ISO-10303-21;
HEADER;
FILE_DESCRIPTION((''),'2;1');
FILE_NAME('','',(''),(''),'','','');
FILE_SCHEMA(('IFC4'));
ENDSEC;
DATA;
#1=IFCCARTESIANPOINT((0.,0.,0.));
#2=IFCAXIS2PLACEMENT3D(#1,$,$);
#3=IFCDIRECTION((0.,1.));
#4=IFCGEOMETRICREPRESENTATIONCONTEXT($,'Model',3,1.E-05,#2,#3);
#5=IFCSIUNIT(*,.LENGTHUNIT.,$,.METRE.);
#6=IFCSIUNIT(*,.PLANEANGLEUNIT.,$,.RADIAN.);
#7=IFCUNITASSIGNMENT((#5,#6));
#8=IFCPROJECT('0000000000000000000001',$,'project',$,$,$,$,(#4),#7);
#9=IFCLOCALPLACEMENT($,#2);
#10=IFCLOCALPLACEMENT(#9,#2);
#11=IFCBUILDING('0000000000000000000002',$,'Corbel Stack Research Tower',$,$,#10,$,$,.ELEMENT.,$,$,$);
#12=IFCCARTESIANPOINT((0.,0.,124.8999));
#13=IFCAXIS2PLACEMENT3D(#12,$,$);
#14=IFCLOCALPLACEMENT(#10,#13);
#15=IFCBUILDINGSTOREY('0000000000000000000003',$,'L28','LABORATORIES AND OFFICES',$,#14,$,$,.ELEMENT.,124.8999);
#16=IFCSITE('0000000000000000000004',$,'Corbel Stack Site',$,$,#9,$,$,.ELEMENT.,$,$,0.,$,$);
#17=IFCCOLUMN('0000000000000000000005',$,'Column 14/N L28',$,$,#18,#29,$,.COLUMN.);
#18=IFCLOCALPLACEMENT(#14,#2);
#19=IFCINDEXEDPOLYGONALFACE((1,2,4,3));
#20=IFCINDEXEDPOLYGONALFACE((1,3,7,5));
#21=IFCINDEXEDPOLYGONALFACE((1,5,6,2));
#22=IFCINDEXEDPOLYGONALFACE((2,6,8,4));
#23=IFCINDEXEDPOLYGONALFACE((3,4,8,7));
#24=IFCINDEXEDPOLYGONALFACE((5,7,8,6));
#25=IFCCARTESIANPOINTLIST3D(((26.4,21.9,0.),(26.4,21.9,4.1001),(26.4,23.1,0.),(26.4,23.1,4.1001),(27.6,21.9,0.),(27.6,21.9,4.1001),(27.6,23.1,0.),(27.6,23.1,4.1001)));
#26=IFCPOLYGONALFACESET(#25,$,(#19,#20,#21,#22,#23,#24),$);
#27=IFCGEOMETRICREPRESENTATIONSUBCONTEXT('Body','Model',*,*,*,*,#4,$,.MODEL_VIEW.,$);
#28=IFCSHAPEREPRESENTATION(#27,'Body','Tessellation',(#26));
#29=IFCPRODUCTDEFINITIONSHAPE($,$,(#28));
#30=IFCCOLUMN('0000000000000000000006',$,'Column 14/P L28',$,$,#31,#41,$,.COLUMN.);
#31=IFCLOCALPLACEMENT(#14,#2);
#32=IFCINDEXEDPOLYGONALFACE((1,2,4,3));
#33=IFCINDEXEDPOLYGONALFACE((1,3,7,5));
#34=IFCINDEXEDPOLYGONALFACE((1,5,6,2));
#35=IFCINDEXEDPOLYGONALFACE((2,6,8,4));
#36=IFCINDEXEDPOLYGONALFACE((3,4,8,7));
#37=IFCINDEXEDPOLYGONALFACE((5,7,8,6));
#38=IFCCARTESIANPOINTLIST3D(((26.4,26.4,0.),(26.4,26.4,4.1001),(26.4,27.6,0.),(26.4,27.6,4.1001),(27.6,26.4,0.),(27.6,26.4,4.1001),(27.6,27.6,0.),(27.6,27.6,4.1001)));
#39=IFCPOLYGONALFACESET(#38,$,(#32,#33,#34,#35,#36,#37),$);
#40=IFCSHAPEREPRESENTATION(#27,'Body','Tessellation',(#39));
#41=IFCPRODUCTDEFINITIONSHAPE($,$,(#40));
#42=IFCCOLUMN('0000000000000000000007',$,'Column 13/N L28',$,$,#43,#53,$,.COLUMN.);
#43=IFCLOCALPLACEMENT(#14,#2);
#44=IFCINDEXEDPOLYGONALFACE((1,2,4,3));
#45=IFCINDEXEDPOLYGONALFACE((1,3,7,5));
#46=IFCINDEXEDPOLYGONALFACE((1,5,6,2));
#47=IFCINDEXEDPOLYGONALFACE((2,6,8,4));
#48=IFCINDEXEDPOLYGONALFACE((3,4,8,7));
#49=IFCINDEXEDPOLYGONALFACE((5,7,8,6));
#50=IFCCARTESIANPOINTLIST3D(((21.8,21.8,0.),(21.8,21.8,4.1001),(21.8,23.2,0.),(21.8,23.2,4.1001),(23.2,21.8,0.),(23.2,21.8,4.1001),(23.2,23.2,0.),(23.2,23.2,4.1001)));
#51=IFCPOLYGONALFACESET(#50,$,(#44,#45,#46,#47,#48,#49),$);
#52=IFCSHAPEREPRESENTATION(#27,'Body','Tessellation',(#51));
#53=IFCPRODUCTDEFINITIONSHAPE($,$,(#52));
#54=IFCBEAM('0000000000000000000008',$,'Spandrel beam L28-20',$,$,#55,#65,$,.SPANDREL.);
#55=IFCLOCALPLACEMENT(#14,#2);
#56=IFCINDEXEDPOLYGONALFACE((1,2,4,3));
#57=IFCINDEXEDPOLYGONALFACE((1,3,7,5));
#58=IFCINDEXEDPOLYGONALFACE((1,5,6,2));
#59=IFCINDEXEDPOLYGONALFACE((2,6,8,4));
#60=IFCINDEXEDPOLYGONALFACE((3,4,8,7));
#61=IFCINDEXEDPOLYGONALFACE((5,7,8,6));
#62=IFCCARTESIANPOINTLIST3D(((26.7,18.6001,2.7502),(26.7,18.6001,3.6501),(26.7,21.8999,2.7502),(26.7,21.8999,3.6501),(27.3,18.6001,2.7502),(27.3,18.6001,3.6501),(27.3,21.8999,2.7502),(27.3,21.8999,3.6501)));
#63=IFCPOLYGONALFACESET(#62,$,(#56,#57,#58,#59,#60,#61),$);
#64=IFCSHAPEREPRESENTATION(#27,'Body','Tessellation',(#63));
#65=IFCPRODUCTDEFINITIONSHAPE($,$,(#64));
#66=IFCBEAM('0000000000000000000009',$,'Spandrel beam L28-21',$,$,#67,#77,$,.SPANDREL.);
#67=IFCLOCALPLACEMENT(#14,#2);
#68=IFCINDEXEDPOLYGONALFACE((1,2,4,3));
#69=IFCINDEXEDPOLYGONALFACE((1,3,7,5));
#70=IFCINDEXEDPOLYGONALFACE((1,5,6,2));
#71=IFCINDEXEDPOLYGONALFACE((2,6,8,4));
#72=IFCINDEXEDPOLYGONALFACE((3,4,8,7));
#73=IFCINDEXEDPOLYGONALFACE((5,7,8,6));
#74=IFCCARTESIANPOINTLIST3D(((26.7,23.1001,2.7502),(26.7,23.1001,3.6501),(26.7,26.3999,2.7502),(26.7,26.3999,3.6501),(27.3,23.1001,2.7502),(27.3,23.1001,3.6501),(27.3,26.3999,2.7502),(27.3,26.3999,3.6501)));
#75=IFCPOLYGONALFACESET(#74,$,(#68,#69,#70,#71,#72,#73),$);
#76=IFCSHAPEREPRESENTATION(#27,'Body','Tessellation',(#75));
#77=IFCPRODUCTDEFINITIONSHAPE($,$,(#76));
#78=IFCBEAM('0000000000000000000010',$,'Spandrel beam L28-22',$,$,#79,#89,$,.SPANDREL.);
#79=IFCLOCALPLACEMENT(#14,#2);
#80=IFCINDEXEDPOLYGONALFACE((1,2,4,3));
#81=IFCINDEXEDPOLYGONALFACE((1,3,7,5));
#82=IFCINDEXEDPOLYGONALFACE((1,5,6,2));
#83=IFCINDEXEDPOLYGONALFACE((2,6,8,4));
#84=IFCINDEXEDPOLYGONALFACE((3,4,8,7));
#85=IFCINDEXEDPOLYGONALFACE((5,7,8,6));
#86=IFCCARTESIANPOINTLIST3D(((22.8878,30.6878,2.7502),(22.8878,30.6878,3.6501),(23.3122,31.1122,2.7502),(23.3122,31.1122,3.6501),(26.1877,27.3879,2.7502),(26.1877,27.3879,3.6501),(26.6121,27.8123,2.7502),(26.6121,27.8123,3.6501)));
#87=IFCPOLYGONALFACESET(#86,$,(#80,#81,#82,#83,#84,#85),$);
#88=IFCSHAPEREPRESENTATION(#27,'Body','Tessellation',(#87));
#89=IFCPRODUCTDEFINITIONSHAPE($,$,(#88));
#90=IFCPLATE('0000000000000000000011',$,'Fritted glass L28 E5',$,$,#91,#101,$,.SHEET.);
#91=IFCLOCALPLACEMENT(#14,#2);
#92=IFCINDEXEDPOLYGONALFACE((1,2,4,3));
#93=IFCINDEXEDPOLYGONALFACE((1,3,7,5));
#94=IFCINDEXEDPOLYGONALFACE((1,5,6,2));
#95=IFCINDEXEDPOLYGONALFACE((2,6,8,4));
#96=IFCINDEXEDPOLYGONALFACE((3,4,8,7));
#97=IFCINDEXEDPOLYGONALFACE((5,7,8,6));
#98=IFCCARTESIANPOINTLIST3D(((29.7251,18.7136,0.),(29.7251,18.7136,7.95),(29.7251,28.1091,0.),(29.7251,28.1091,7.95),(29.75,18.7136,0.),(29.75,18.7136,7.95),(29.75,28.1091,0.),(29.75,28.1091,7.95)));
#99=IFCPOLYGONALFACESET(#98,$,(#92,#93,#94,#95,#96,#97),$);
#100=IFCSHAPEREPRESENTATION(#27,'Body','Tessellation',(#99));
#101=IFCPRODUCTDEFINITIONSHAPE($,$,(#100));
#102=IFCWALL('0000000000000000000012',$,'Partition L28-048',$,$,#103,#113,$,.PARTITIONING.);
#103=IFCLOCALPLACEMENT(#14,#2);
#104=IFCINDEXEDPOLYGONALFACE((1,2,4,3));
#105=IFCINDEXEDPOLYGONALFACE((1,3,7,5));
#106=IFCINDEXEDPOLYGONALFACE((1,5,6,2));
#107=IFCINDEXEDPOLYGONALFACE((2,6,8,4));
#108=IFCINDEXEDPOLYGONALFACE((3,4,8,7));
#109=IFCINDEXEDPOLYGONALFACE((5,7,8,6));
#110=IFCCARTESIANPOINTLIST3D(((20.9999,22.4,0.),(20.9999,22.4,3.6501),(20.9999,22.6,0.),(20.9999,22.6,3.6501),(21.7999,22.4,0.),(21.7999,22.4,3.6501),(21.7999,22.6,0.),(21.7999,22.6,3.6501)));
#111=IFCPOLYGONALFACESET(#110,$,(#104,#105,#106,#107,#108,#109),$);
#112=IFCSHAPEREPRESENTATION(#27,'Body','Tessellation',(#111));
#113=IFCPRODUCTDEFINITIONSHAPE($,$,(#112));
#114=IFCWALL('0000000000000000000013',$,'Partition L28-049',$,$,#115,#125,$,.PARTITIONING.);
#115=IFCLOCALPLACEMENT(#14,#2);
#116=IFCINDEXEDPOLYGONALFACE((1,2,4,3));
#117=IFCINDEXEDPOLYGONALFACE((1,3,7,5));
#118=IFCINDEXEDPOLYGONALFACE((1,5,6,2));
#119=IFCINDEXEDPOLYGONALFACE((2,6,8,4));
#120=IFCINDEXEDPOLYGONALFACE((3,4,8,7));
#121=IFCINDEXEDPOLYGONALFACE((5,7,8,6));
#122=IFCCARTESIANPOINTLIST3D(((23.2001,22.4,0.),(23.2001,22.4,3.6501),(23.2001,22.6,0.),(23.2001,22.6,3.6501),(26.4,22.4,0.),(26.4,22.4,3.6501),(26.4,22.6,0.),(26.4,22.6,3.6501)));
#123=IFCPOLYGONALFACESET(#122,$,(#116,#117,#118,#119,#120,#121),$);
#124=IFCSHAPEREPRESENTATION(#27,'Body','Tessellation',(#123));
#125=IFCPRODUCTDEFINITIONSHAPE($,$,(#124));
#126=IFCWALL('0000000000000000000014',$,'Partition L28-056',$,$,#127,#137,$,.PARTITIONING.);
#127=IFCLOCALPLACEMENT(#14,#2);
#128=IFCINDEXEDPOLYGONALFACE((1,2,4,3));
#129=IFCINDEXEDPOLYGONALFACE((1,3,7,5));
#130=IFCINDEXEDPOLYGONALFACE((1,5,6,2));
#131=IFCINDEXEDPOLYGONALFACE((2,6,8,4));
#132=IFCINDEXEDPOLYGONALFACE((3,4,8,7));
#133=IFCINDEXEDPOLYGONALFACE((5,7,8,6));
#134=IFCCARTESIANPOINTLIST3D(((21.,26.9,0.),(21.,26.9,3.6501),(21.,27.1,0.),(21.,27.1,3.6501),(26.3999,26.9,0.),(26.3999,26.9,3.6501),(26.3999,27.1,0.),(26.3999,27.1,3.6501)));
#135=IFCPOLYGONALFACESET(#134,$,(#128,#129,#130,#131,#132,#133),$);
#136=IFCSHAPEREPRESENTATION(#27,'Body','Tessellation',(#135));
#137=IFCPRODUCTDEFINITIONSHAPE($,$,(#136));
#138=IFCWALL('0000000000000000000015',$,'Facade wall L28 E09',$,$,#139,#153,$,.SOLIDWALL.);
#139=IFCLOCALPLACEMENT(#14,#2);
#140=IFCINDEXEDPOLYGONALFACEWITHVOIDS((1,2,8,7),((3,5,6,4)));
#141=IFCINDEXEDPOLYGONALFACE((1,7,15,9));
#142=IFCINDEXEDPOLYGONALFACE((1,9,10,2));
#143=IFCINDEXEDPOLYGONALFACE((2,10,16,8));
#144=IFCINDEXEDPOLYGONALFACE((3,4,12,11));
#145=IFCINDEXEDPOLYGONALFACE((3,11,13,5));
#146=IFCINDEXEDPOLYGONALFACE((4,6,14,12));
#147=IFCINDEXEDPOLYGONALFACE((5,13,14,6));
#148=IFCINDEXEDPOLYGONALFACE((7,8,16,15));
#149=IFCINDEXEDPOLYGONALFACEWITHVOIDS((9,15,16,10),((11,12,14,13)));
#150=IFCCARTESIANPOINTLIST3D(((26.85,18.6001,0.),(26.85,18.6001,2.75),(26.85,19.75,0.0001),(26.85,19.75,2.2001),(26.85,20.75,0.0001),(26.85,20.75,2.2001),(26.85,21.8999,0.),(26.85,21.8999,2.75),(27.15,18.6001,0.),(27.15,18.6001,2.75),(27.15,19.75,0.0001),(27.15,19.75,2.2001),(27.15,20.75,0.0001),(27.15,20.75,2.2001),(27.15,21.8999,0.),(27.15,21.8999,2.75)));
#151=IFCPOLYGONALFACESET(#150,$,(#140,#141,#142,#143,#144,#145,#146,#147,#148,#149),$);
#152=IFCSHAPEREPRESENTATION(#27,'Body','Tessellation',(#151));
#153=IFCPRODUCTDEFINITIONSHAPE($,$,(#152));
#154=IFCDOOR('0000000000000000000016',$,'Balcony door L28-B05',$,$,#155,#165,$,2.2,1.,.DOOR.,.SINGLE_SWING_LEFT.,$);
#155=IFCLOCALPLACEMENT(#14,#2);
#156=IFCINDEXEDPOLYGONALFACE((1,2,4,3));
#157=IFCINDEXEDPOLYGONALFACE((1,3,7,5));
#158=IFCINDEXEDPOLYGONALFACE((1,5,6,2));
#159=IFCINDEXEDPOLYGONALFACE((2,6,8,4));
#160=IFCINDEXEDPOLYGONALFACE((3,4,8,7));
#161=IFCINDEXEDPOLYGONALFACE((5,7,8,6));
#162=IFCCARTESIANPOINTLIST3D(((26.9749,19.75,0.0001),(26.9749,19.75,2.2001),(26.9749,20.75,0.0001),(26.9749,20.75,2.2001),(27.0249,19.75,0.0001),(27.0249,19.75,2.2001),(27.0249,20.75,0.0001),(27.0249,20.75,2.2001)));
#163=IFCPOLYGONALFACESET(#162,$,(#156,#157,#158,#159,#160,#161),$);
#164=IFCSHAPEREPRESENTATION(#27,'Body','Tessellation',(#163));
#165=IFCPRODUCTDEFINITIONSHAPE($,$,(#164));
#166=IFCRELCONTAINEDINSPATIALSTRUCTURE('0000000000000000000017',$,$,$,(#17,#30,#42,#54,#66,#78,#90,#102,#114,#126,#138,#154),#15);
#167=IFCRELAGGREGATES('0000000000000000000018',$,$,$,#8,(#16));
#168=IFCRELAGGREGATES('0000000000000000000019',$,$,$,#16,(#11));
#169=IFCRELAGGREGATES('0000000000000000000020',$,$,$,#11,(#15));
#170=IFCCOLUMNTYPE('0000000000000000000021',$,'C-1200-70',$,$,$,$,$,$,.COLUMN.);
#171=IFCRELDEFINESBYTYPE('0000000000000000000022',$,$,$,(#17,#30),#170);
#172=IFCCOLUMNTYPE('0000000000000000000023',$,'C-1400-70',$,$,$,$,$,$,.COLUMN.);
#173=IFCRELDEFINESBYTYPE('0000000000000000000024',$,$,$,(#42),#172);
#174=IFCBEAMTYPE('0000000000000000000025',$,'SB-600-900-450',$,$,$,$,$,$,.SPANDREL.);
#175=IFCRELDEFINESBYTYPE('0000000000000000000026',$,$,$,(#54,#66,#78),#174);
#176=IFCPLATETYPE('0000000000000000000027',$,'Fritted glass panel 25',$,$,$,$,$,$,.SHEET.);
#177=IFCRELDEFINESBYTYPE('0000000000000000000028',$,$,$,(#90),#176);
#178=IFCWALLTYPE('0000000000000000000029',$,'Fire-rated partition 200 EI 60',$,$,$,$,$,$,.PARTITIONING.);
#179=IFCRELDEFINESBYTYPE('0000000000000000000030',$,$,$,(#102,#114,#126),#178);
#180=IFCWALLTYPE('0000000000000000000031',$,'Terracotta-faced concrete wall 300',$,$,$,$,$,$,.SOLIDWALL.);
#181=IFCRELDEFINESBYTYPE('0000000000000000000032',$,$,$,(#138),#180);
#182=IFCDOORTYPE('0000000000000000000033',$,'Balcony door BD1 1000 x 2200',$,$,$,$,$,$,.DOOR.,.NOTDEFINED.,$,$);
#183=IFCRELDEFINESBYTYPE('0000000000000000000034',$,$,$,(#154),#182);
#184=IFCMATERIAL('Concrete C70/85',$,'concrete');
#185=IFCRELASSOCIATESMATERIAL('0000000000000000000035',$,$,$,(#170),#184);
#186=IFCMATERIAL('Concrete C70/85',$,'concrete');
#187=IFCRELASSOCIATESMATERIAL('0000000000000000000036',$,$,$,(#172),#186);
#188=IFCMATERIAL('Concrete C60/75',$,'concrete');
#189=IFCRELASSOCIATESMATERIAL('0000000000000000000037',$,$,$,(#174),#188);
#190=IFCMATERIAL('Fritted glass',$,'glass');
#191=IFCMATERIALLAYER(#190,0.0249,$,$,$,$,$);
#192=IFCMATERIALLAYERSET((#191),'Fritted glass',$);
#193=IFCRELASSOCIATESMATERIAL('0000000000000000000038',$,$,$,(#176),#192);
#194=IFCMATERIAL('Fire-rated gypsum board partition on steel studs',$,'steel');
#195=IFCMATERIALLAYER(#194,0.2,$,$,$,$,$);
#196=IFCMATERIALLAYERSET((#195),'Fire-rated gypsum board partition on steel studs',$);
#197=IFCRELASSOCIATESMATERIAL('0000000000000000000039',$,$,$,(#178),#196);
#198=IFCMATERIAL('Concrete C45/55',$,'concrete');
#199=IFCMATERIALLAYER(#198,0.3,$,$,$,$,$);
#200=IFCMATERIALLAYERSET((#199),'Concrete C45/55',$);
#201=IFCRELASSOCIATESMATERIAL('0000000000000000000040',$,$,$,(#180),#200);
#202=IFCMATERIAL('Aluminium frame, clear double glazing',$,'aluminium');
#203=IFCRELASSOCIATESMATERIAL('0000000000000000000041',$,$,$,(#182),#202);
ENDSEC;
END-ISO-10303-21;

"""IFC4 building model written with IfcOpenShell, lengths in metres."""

from ifc_helpers import new_model, si_unit, direction, frame, frame_2d, origin, origin_2d, place, context, subcontext, project, spatial, rectangle, extrude, material, layer, layer_set, material_profile, profile_set, type_object, element, fill, save


model = new_model("IFC4")

# Units and contexts
model_context = context("Model", 3, precision=1e-05, world=origin(), true_north=direction((0.0, 1.0)))
body_context = subcontext(model_context, "Body", "Model", "MODEL_VIEW")
ifc_project = project(units=[si_unit("LENGTHUNIT", "METRE"), si_unit("PLANEANGLEUNIT", "RADIAN")], contexts=[model_context])

# Site, building, storey
site_placement = place(None, origin())
site = spatial("IfcSite", under=ifc_project, at=site_placement, Name="Corbel Stack Site", CompositionType="ELEMENT", RefElevation=0.0)
building_placement = place(site_placement, origin())
building = spatial("IfcBuilding", under=site, at=building_placement, Name="Corbel Stack Research Tower", CompositionType="ELEMENT")
storey_placement = place(building_placement, frame((0.0, 0.0, 124.8999)))
storey = spatial("IfcBuildingStorey", under=building, at=storey_placement, Name="L28", Description="LABORATORIES AND OFFICES", CompositionType="ELEMENT", Elevation=124.8999)

# Columns
ifc_material_1 = material(Name="Concrete C70/85", Category="concrete")
ifc_material_profile_1 = material_profile(ifc_material_1, rectangle(XDim=1.2, YDim=1.2, at=origin_2d()), Name="RC 1200 x 1200")
ifc_profile_set_1 = profile_set([ifc_material_profile_1], Name="Concrete C70/85")
column_type_1 = type_object("IfcColumnType", Name="C-1200-70", PredefinedType="COLUMN", material=ifc_profile_set_1)
for number, where, z_axis, x_axis, name in (
    (1, (27.0, 22.5, 0.0), (0.0, 0.0, 1.0), (1.0, 0.0, 0.0), "Column 14/N L28"),
    (2, (27.0, 27.0, 0.0), (0.0, 0.0, 1.0), (1.0, 0.0, 0.0), "Column 14/P L28"),
):
    element("IfcColumn", number, at=place(storey_placement, frame(where, z_axis=z_axis, x_axis=x_axis)), inside=storey, type_object=column_type_1, Name=name, PredefinedType="COLUMN", context=body_context, shape_type="SweptSolid", body=[
        extrude(rectangle(XDim=1.2, YDim=1.2, at=origin_2d()), origin(), (0.0, 0.0, 1.0), 4.1001),
    ])
ifc_material_2 = material(Name="Concrete C70/85", Category="concrete")
ifc_material_profile_2 = material_profile(ifc_material_2, rectangle(XDim=1.3999, YDim=1.3999, at=origin_2d()), Name="RC 1400 x 1400")
ifc_profile_set_2 = profile_set([ifc_material_profile_2], Name="Concrete C70/85")
column_type_2 = type_object("IfcColumnType", Name="C-1400-70", PredefinedType="COLUMN", material=ifc_profile_set_2)
column_placement = place(storey_placement, frame((22.5, 22.5, 0.0), z_axis=(0.0, 0.0, 1.0), x_axis=(1.0, 0.0, 0.0)))
element("IfcColumn", 3, at=column_placement, inside=storey, type_object=column_type_2, Name="Column 13/N L28", PredefinedType="COLUMN", context=body_context, shape_type="SweptSolid", body=[
    extrude(rectangle(XDim=1.3999, YDim=1.3999, at=origin_2d()), origin(), (0.0, 0.0, 1.0), 4.1001),
])

# Beams
ifc_material_3 = material(Name="Concrete C60/75", Category="concrete")
ifc_material_profile_3 = material_profile(ifc_material_3, rectangle(XDim=0.6001, YDim=0.8999, at=origin_2d()), Name="RC 600 x 900")
ifc_profile_set_3 = profile_set([ifc_material_profile_3], Name="Concrete C60/75")
beam_type = type_object("IfcBeamType", Name="SB-600-900-450", PredefinedType="SPANDREL", material=ifc_profile_set_3)
for number, where, z_axis, x_axis, name in (
    (4, (27.0, 18.6001, 3.2002), (0.0, 1.0, 0.0), (-1.0, 0.0, 0.0), "Spandrel beam L28-20"),
    (5, (27.0, 23.1001, 3.2002), (0.0, 1.0, 0.0), (-1.0, 0.0, 0.0), "Spandrel beam L28-21"),
):
    element("IfcBeam", number, at=place(storey_placement, frame(where, z_axis=z_axis, x_axis=x_axis)), inside=storey, type_object=beam_type, Name=name, PredefinedType="SPANDREL", context=body_context, shape_type="SweptSolid", body=[
        extrude(rectangle(XDim=0.6001, YDim=0.8999, at=origin_2d()), origin(), (0.0, 0.0, 1.0), 3.2998),
    ])
beam_placement = place(storey_placement, frame((26.3999, 27.6001, 3.2002), z_axis=(-0.707107, 0.707107, 0.0), x_axis=(-0.707107, -0.707107, 0.0)))
element("IfcBeam", 6, at=beam_placement, inside=storey, type_object=beam_type, Name="Spandrel beam L28-22", PredefinedType="SPANDREL", context=body_context, shape_type="SweptSolid", body=[
    extrude(rectangle(XDim=0.6001, YDim=0.8999, at=origin_2d()), origin(), (0.0, 0.0, 1.0), 4.6667),
])

# Plate
ifc_material_4 = material(Name="Fritted glass", Category="glass")
ifc_layer_1 = layer(ifc_material_4, 0.0249)
ifc_layer_set_1 = layer_set([ifc_layer_1], Name="Fritted glass")
plate_type = type_object("IfcPlateType", Name="Fritted glass panel 25", PredefinedType="SHEET", material=ifc_layer_set_1)
plate_placement = place(storey_placement, frame((29.7375, 23.4114, 0.0), z_axis=(0.0, 0.0, 1.0), x_axis=(0.0, 1.0, 0.0)))
element("IfcPlate", 7, at=plate_placement, inside=storey, type_object=plate_type, Name="Fritted glass L28 E5", PredefinedType="SHEET", context=body_context, shape_type="SweptSolid", body=[
    extrude(rectangle(XDim=9.3955, YDim=0.0249, at=origin_2d()), origin(), (0.0, 0.0, 1.0), 7.95),
])

# Walls
ifc_material_5 = material(Name="Fire-rated gypsum board partition on steel studs", Category="steel")
ifc_layer_2 = layer(ifc_material_5, 0.2)
ifc_layer_set_2 = layer_set([ifc_layer_2], Name="Fire-rated gypsum board partition on steel studs")
wall_type_1 = type_object("IfcWallType", Name="Fire-rated partition 200 EI 60", PredefinedType="PARTITIONING", material=ifc_layer_set_2)
wall_1_placement = place(storey_placement, frame((21.0, 22.5, 0.0), z_axis=(0.0, 0.0, 1.0), x_axis=(1.0, 0.0, 0.0)))
element("IfcWall", 8, at=wall_1_placement, inside=storey, type_object=wall_type_1, Name="Partition L28-048", PredefinedType="PARTITIONING", context=body_context, shape_type="SweptSolid", body=[
    extrude(rectangle(XDim=0.8, YDim=0.2, at=frame_2d((0.3999, 0.0))), origin(), (0.0, 0.0, 1.0), 3.6501),
])
wall_2_placement = place(storey_placement, frame((23.2, 22.5, 0.0), z_axis=(0.0, 0.0, 1.0), x_axis=(1.0, 0.0, 0.0)))
element("IfcWall", 9, at=wall_2_placement, inside=storey, type_object=wall_type_1, Name="Partition L28-049", PredefinedType="PARTITIONING", context=body_context, shape_type="SweptSolid", body=[
    extrude(rectangle(XDim=3.2, YDim=0.2, at=frame_2d((1.6001, 0.0))), origin(), (0.0, 0.0, 1.0), 3.6501),
])
wall_3_placement = place(storey_placement, frame((21.0, 27.0, 0.0), z_axis=(0.0, 0.0, 1.0), x_axis=(1.0, 0.0, 0.0)))
element("IfcWall", 10, at=wall_3_placement, inside=storey, type_object=wall_type_1, Name="Partition L28-056", PredefinedType="PARTITIONING", context=body_context, shape_type="SweptSolid", body=[
    extrude(rectangle(XDim=5.3999, YDim=0.2, at=frame_2d((2.7, 0.0))), origin(), (0.0, 0.0, 1.0), 3.6501),
])

# Wall, opening, door
ifc_material_6 = material(Name="Concrete C45/55", Category="concrete")
ifc_layer_3 = layer(ifc_material_6, 0.3)
ifc_layer_set_3 = layer_set([ifc_layer_3], Name="Concrete C45/55")
wall_type_2 = type_object("IfcWallType", Name="Terracotta-faced concrete wall 300", PredefinedType="SOLIDWALL", material=ifc_layer_set_3)
wall_4_placement = place(storey_placement, frame((27.0, 21.8999, 0.0), z_axis=(0.0, 0.0, 1.0), x_axis=(0.0, -1.0, 0.0)))
wall_4 = element("IfcWall", 11, at=wall_4_placement, inside=storey, type_object=wall_type_2, Name="Facade wall L28 E09", PredefinedType="SOLIDWALL", context=body_context, shape_type="SweptSolid", body=[
    extrude(rectangle(XDim=3.2998, YDim=0.3, at=frame_2d((1.6499, 0.0))), origin(), (0.0, 0.0, 1.0), 2.75),
])
opening_1_placement = place(wall_4_placement, frame((1.1499, 0.0, 0.0)))
opening_1 = element("IfcOpeningElement", 12, at=opening_1_placement, cuts=wall_4, PredefinedType="OPENING", context=body_context, shape_type="SweptSolid", body=[
    extrude(rectangle(XDim=1.0, YDim=2.2, at=frame_2d((0.5, 1.1001))), frame((0.0, 0.1599, 0.0), z_axis=(0.0, -1.0, 0.0), x_axis=(1.0, 0.0, 0.0)), (0.0, 0.0, 1.0), 0.3201),
])
ifc_material_7 = material(Name="Aluminium frame, clear double glazing", Category="aluminium")
door_type = type_object("IfcDoorType", Name="Balcony door BD1 1000 x 2200", OperationType="NOTDEFINED", PredefinedType="DOOR", material=ifc_material_7)
door_placement = place(opening_1_placement, origin())
door = element("IfcDoor", 13, at=door_placement, inside=storey, type_object=door_type, Name="Balcony door L28-B05", OperationType="SINGLE_SWING_LEFT", OverallHeight=2.2, OverallWidth=1.0, PredefinedType="DOOR", context=body_context, shape_type="SweptSolid", body=[
    extrude(rectangle(XDim=1.0, YDim=2.2, at=frame_2d((0.5, 1.1001))), frame((0.0, 0.0249, 0.0), z_axis=(0.0, -1.0, 0.0), x_axis=(1.0, 0.0, 0.0)), (0.0, 0.0, 1.0), 0.05),
])
fill(opening_1, door)

save(model, "model.ifc")
